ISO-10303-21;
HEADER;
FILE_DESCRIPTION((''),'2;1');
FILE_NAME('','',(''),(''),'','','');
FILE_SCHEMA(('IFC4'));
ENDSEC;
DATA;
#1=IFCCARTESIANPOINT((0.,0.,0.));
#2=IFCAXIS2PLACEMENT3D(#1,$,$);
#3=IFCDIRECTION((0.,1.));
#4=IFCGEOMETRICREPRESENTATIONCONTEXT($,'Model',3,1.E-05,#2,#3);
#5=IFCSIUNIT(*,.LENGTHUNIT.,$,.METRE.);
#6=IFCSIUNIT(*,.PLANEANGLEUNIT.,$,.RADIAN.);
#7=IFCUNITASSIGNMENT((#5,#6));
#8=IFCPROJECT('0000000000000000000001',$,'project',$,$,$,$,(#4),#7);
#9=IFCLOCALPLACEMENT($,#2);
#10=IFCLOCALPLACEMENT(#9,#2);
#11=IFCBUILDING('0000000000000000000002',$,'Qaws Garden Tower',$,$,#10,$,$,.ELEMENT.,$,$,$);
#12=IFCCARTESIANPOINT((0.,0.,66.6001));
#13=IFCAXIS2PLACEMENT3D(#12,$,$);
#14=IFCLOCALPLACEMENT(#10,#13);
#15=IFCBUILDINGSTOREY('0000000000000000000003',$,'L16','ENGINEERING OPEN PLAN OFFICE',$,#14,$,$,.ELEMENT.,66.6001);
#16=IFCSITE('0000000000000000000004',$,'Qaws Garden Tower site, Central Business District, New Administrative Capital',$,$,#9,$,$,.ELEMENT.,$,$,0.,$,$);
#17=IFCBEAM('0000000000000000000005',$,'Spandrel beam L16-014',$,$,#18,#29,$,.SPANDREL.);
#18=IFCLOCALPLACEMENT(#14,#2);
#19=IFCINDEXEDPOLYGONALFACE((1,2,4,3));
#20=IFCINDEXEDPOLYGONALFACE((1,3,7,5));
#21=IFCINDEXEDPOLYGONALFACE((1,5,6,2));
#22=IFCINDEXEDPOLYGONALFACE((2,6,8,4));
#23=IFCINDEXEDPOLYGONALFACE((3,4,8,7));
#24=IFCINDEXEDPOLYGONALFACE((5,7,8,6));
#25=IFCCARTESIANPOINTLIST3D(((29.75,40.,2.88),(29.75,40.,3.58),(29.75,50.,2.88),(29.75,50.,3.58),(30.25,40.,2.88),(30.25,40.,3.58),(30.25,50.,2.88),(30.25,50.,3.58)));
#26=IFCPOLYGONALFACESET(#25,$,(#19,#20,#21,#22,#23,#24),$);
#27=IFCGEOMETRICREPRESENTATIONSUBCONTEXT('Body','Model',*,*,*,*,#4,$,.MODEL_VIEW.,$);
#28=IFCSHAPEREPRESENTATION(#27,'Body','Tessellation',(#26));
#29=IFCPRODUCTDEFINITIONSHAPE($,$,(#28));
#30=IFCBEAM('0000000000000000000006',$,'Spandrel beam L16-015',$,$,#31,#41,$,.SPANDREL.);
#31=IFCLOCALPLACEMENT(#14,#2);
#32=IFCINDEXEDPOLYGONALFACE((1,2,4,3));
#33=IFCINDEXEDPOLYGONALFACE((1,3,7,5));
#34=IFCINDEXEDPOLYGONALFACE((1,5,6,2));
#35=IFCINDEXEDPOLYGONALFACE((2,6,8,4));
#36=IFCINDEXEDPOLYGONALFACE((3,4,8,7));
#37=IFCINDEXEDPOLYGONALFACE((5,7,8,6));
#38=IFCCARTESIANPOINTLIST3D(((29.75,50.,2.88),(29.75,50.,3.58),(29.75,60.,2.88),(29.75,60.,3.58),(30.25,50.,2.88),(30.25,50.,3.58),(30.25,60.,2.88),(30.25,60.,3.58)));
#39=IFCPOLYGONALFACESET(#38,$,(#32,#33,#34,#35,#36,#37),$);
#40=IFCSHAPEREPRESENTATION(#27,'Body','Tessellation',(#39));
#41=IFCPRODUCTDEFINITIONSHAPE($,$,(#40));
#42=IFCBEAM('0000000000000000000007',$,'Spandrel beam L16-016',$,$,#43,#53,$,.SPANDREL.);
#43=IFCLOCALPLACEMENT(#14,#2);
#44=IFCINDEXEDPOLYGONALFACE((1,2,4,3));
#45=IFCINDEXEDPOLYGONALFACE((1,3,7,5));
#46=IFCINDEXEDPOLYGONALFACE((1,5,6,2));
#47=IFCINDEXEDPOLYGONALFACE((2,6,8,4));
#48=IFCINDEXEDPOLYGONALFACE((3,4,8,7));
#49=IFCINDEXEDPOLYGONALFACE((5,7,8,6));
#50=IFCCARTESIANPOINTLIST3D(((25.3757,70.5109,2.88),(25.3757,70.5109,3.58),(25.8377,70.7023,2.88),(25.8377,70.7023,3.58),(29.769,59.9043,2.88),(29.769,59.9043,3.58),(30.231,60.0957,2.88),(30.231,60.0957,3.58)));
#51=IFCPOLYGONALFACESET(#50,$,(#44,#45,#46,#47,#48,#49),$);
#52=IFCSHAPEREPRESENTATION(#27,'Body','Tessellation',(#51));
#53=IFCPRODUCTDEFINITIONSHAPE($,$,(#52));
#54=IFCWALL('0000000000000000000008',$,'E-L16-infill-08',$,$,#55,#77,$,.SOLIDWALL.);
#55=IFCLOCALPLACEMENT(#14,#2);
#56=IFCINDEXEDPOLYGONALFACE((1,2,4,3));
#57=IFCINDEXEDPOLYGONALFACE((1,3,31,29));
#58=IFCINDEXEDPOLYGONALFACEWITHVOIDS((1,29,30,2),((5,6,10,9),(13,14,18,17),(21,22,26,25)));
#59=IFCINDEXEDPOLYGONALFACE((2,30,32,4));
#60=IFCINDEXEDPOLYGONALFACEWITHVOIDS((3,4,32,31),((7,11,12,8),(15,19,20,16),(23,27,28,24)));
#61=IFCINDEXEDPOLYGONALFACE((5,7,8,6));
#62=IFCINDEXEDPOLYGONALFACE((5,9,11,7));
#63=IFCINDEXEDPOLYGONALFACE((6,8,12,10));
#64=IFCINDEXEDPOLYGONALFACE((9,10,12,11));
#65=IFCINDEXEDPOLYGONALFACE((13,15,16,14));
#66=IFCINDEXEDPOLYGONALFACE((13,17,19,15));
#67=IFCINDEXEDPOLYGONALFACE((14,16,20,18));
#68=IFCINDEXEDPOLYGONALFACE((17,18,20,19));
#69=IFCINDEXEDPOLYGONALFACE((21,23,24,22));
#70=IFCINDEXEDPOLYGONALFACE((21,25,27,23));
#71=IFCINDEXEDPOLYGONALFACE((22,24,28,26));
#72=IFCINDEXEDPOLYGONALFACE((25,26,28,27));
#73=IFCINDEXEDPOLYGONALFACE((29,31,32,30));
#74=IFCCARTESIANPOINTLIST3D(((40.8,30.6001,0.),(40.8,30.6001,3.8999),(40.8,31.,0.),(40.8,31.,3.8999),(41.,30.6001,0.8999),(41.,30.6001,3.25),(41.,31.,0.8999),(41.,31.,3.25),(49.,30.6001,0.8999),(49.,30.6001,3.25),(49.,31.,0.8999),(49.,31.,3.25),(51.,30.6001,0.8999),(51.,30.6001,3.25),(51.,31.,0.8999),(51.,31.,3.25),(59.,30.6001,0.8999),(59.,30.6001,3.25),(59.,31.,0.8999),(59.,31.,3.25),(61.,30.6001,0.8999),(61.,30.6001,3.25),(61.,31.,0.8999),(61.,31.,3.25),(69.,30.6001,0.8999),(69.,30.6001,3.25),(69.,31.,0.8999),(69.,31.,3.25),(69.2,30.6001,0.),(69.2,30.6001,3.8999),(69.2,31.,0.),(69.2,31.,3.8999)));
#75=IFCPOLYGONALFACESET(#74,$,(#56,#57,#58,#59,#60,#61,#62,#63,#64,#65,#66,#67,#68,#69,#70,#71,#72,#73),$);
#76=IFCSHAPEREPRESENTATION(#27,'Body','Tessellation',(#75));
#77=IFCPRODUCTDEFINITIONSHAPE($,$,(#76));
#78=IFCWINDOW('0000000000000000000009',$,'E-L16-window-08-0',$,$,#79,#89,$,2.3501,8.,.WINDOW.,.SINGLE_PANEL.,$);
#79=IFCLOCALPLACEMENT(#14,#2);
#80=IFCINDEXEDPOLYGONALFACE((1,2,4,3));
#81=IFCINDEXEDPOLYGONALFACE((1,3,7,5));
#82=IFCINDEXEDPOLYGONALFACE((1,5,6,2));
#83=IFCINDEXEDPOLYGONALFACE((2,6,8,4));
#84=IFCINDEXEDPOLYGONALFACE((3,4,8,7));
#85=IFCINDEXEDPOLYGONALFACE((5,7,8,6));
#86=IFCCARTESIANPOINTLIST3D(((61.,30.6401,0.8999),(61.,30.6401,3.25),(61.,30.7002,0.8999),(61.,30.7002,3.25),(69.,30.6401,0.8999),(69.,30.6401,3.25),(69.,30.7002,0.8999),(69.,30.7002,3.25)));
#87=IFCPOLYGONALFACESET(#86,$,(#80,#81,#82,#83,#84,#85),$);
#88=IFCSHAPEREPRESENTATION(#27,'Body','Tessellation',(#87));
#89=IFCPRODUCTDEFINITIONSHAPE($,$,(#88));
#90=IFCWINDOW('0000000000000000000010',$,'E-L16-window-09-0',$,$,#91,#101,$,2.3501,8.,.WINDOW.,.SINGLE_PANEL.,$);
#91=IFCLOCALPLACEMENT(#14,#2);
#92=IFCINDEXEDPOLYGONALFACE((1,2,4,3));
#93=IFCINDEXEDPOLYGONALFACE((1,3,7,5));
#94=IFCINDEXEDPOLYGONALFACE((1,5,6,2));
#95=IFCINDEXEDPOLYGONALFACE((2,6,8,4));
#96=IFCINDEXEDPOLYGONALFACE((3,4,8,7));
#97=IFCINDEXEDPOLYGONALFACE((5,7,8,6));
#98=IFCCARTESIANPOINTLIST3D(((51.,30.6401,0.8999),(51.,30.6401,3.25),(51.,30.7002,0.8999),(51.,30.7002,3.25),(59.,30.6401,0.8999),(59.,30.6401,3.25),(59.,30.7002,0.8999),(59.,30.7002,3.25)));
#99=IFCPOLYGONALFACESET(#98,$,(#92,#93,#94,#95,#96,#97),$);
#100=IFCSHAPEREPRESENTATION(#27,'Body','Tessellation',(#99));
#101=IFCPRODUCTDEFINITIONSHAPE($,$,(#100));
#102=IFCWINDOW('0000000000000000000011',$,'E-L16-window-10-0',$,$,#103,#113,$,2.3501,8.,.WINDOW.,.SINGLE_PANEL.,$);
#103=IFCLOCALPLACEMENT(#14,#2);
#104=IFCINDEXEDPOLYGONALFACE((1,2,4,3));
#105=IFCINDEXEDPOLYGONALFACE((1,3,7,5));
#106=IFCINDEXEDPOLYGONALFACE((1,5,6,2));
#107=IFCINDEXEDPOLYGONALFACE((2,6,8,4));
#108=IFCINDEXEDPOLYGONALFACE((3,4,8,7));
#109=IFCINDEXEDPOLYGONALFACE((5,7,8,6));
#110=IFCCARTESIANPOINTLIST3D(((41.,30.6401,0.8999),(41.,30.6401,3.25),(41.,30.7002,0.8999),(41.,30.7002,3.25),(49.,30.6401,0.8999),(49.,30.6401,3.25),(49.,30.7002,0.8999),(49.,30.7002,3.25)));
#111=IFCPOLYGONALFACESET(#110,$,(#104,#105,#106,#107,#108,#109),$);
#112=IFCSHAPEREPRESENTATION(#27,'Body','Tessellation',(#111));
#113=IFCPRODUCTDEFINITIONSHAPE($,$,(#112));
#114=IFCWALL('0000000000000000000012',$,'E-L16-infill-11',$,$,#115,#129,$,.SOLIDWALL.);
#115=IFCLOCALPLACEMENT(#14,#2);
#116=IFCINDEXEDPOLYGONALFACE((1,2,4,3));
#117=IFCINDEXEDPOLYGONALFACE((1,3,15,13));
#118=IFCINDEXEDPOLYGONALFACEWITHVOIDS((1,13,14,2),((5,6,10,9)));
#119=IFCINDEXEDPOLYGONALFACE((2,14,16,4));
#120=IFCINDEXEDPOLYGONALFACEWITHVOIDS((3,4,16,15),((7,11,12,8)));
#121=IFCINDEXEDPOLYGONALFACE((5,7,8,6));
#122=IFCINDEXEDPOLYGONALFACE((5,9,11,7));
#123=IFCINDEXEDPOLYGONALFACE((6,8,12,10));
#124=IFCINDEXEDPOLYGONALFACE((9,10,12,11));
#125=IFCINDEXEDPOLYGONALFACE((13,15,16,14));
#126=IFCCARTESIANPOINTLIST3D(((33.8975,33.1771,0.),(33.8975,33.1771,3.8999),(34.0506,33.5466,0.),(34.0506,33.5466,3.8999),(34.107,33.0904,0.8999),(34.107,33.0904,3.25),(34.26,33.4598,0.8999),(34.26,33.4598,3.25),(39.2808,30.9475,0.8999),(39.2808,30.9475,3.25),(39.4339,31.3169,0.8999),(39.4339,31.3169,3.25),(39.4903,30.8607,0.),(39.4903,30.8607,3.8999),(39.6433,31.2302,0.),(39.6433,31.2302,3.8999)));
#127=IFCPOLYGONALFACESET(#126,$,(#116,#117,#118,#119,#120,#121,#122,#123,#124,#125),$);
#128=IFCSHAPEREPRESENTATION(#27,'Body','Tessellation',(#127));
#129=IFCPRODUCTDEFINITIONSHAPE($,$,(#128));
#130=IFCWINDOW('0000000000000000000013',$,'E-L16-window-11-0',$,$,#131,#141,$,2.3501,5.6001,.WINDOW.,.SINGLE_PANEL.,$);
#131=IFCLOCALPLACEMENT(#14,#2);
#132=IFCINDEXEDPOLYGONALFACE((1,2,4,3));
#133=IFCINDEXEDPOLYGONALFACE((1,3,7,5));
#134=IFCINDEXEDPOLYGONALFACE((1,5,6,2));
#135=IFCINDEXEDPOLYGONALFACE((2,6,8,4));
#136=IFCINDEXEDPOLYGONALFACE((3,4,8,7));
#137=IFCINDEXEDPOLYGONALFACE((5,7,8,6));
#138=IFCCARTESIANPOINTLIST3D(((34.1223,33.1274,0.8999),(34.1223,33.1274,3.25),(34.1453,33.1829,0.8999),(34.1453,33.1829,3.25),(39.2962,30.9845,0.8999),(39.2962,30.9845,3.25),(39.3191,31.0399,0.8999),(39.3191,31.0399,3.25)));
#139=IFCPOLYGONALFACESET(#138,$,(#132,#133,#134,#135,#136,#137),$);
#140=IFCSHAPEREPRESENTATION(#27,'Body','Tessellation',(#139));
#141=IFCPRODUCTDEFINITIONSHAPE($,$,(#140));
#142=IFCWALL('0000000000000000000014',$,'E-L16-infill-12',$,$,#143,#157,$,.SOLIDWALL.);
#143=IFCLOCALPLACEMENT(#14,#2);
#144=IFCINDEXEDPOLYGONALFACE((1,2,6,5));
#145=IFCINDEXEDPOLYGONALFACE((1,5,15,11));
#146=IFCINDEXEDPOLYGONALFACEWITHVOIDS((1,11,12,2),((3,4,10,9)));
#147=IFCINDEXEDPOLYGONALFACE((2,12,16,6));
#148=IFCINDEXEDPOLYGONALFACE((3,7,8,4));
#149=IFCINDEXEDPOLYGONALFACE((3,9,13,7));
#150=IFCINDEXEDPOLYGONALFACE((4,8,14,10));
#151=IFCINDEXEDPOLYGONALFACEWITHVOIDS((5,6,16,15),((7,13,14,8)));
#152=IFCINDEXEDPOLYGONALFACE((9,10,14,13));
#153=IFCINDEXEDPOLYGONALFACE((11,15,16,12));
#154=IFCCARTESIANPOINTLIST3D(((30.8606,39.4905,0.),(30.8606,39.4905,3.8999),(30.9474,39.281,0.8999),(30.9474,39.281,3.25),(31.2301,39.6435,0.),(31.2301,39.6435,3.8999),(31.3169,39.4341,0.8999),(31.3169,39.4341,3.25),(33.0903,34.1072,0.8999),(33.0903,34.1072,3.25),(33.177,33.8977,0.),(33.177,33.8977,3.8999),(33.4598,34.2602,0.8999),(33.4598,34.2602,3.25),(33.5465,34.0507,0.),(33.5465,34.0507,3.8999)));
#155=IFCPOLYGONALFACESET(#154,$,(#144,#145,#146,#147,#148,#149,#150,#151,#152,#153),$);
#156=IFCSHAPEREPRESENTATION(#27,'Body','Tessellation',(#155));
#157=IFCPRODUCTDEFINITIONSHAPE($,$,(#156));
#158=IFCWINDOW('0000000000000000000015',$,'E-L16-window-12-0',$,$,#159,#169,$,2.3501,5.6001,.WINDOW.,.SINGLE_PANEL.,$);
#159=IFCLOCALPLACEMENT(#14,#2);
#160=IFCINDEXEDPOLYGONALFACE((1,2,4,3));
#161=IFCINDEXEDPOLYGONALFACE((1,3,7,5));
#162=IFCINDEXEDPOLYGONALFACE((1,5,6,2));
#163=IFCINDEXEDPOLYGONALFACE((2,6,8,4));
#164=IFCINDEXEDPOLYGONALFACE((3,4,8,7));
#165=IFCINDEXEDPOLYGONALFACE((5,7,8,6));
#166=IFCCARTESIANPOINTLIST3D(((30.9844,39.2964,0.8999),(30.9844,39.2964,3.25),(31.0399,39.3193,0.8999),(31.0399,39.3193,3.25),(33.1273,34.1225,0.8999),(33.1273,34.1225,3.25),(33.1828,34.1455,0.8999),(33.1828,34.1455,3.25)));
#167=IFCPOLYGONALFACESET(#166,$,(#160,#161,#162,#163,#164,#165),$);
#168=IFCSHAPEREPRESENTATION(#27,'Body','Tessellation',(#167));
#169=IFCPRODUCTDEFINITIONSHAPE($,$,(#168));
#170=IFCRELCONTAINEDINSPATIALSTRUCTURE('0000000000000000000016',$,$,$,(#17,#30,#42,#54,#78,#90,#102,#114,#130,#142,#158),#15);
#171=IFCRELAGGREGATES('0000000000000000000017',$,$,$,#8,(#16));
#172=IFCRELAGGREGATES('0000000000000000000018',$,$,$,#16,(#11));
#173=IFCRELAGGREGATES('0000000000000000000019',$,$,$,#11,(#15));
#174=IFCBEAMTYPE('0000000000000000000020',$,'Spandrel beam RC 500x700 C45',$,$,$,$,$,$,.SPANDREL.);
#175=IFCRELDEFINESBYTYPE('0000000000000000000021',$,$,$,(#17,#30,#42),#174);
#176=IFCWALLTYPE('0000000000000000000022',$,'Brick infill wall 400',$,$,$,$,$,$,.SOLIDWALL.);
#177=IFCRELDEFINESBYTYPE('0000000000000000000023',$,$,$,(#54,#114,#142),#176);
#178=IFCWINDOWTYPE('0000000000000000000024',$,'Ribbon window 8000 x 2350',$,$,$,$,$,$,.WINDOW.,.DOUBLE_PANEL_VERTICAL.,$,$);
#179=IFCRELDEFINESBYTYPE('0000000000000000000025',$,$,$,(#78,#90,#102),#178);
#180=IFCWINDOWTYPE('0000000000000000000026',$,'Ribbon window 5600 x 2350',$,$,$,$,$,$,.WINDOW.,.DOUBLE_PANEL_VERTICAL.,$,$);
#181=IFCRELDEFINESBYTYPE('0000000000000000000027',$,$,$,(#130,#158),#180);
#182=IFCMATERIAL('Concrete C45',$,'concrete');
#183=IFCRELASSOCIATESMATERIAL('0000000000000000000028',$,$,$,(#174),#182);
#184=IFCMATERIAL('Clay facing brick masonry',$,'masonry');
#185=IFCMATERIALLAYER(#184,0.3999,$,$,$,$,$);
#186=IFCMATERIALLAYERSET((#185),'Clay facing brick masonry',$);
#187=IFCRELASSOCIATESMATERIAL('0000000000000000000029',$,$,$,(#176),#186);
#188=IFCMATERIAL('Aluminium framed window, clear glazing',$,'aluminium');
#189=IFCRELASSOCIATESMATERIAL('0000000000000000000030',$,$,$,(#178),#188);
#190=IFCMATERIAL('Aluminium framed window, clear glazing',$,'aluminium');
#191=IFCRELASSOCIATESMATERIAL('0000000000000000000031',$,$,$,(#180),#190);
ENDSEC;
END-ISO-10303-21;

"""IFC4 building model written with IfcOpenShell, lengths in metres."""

from ifc_helpers import new_model, si_unit, direction, frame, frame_2d, origin, origin_2d, place, context, subcontext, project, spatial, rectangle, extrude, material, layer, layer_set, material_profile, profile_set, type_object, element, fill, save


model = new_model("IFC4")

# Units and contexts
model_context = context("Model", 3, precision=1e-05, world=origin(), true_north=direction((0.0, 1.0)))
body_context = subcontext(model_context, "Body", "Model", "MODEL_VIEW")
ifc_project = project(units=[si_unit("LENGTHUNIT", "METRE"), si_unit("PLANEANGLEUNIT", "RADIAN")], contexts=[model_context])

# Site, building, storey
site_placement = place(None, origin())
site = spatial("IfcSite", under=ifc_project, at=site_placement, Name="Qaws Garden Tower site, Central Business District, New Administrative Capital", CompositionType="ELEMENT", RefElevation=0.0)
building_placement = place(site_placement, origin())
building = spatial("IfcBuilding", under=site, at=building_placement, Name="Qaws Garden Tower", CompositionType="ELEMENT")
storey_placement = place(building_placement, frame((0.0, 0.0, 66.6001)))
storey = spatial("IfcBuildingStorey", under=building, at=storey_placement, Name="L16", Description="ENGINEERING OPEN PLAN OFFICE", CompositionType="ELEMENT", Elevation=66.6001)

# Beams
ifc_material_1 = material(Name="Concrete C45", Category="concrete")
ifc_material_profile_1 = material_profile(ifc_material_1, rectangle(XDim=0.5, YDim=0.7, at=origin_2d()), Name="RC 500x700")
ifc_profile_set_1 = profile_set([ifc_material_profile_1], Name="Concrete C45")
beam_type = type_object("IfcBeamType", Name="Spandrel beam RC 500x700 C45", PredefinedType="SPANDREL", material=ifc_profile_set_1)
for number, where, z_axis, x_axis, name in (
    (1, (30.0, 40.0, 3.23), (0.0, 1.0, 0.0), (-1.0, 0.0, 0.0), "Spandrel beam L16-014"),
    (2, (30.0, 50.0, 3.23), (0.0, 1.0, 0.0), (-1.0, 0.0, 0.0), "Spandrel beam L16-015"),
):
    element("IfcBeam", number, at=place(storey_placement, frame(where, z_axis=z_axis, x_axis=x_axis)), inside=storey, type_object=beam_type, Name=name, PredefinedType="SPANDREL", context=body_context, shape_type="SweptSolid", body=[
        extrude(rectangle(XDim=0.5, YDim=0.7, at=origin_2d()), origin(), (0.0, 0.0, 1.0), 10.0),
    ])
beam_1_placement = place(storey_placement, frame((30.0, 60.0, 3.23), z_axis=(-0.382674, 0.923883, 0.0), x_axis=(-0.923883, -0.382674, 0.0)))
element("IfcBeam", 3, at=beam_1_placement, inside=storey, type_object=beam_type, Name="Spandrel beam L16-016", PredefinedType="SPANDREL", context=body_context, shape_type="SweptSolid", body=[
    extrude(rectangle(XDim=0.5, YDim=0.7, at=origin_2d()), origin(), (0.0, 0.0, 1.0), 11.4805),
])

# Wall, openings, windows
ifc_material_2 = material(Name="Clay facing brick masonry", Category="masonry")
ifc_layer_1 = layer(ifc_material_2, 0.3999)
ifc_layer_set_1 = layer_set([ifc_layer_1], Name="Clay facing brick masonry")
wall_type_1 = type_object("IfcWallType", Name="Brick infill wall 400", PredefinedType="SOLIDWALL", material=ifc_layer_set_1)
wall_1_placement = place(storey_placement, frame((69.2, 30.8, 0.0), z_axis=(0.0, 0.0, 1.0), x_axis=(-1.0, 0.0, 0.0)))
wall_1 = element("IfcWall", 4, at=wall_1_placement, inside=storey, type_object=wall_type_1, Name="E-L16-infill-08", PredefinedType="SOLIDWALL", context=body_context, shape_type="SweptSolid", body=[
    extrude(rectangle(XDim=28.3999, YDim=0.3999, at=frame_2d((14.2, 0.0))), origin(), (0.0, 0.0, 1.0), 3.8999),
])
opening_1_placement = place(wall_1_placement, frame((0.2, 0.0, 0.8999)))
opening_1 = element("IfcOpeningElement", 5, at=opening_1_placement, cuts=wall_1, PredefinedType="OPENING", context=body_context, shape_type="SweptSolid", body=[
    extrude(rectangle(XDim=8.0, YDim=2.3501, at=frame_2d((4.0, 1.175))), frame((0.0, 0.21, 0.0), z_axis=(0.0, -1.0, 0.0), x_axis=(1.0, 0.0, 0.0)), (0.0, 0.0, 1.0), 0.4199),
])
opening_2_placement = place(wall_1_placement, frame((10.2, 0.0, 0.8999)))
opening_2 = element("IfcOpeningElement", 6, at=opening_2_placement, cuts=wall_1, PredefinedType="OPENING", context=body_context, shape_type="SweptSolid", body=[
    extrude(rectangle(XDim=8.0, YDim=2.3501, at=frame_2d((4.0, 1.175))), frame((0.0, 0.21, 0.0), z_axis=(0.0, -1.0, 0.0), x_axis=(1.0, 0.0, 0.0)), (0.0, 0.0, 1.0), 0.4199),
])
opening_3_placement = place(wall_1_placement, frame((20.2, 0.0, 0.8999)))
opening_3 = element("IfcOpeningElement", 7, at=opening_3_placement, cuts=wall_1, PredefinedType="OPENING", context=body_context, shape_type="SweptSolid", body=[
    extrude(rectangle(XDim=8.0, YDim=2.3501, at=frame_2d((4.0, 1.175))), frame((0.0, 0.21, 0.0), z_axis=(0.0, -1.0, 0.0), x_axis=(1.0, 0.0, 0.0)), (0.0, 0.0, 1.0), 0.4199),
])
ifc_material_3 = material(Name="Aluminium framed window, clear glazing", Category="aluminium")
window_type_1 = type_object("IfcWindowType", Name="Ribbon window 8000 x 2350", PartitioningType="DOUBLE_PANEL_VERTICAL", PredefinedType="WINDOW", material=ifc_material_3)
window_1_placement = place(opening_1_placement, origin())
window_1 = element("IfcWindow", 8, at=window_1_placement, inside=storey, type_object=window_type_1, Name="E-L16-window-08-0", OverallHeight=2.3501, OverallWidth=8.0, PartitioningType="SINGLE_PANEL", PredefinedType="WINDOW", context=body_context, shape_type="SweptSolid", body=[
    extrude(rectangle(XDim=8.0, YDim=2.3501, at=frame_2d((4.0, 1.175))), frame((0.0, 0.1599, 0.0), z_axis=(0.0, -1.0, 0.0), x_axis=(1.0, 0.0, 0.0)), (0.0, 0.0, 1.0), 0.0601),
])
fill(opening_1, window_1)
window_2_placement = place(opening_2_placement, origin())
window_2 = element("IfcWindow", 9, at=window_2_placement, inside=storey, type_object=window_type_1, Name="E-L16-window-09-0", OverallHeight=2.3501, OverallWidth=8.0, PartitioningType="SINGLE_PANEL", PredefinedType="WINDOW", context=body_context, shape_type="SweptSolid", body=[
    extrude(rectangle(XDim=8.0, YDim=2.3501, at=frame_2d((4.0, 1.175))), frame((0.0, 0.1599, 0.0), z_axis=(0.0, -1.0, 0.0), x_axis=(1.0, 0.0, 0.0)), (0.0, 0.0, 1.0), 0.0601),
])
fill(opening_2, window_2)
window_3_placement = place(opening_3_placement, origin())
window_3 = element("IfcWindow", 10, at=window_3_placement, inside=storey, type_object=window_type_1, Name="E-L16-window-10-0", OverallHeight=2.3501, OverallWidth=8.0, PartitioningType="SINGLE_PANEL", PredefinedType="WINDOW", context=body_context, shape_type="SweptSolid", body=[
    extrude(rectangle(XDim=8.0, YDim=2.3501, at=frame_2d((4.0, 1.175))), frame((0.0, 0.1599, 0.0), z_axis=(0.0, -1.0, 0.0), x_axis=(1.0, 0.0, 0.0)), (0.0, 0.0, 1.0), 0.0601),
])
fill(opening_3, window_3)

# Walls, openings, windows
wall_2_placement = place(storey_placement, frame((39.5669, 31.0454, 0.0), z_axis=(0.0, 0.0, 1.0), x_axis=(-0.923891, 0.382656, 0.0)))
wall_2 = element("IfcWall", 11, at=wall_2_placement, inside=storey, type_object=wall_type_1, Name="E-L16-infill-11", PredefinedType="SOLIDWALL", context=body_context, shape_type="SweptSolid", body=[
    extrude(rectangle(XDim=6.0535, YDim=0.3999, at=frame_2d((3.0269, 0.0))), origin(), (0.0, 0.0, 1.0), 3.8999),
])
opening_4_placement = place(wall_2_placement, frame((0.2268, 0.0, 0.8999)))
opening_4 = element("IfcOpeningElement", 12, at=opening_4_placement, cuts=wall_2, PredefinedType="OPENING", context=body_context, shape_type="SweptSolid", body=[
    extrude(rectangle(XDim=5.6001, YDim=2.3501, at=frame_2d((2.8, 1.175))), frame((0.0, 0.21, 0.0), z_axis=(0.0, -1.0, 0.0), x_axis=(1.0, 0.0, 0.0)), (0.0, 0.0, 1.0), 0.4199),
])
ifc_material_4 = material(Name="Aluminium framed window, clear glazing", Category="aluminium")
window_type_2 = type_object("IfcWindowType", Name="Ribbon window 5600 x 2350", PartitioningType="DOUBLE_PANEL_VERTICAL", PredefinedType="WINDOW", material=ifc_material_4)
window_4_placement = place(opening_4_placement, origin())
window_4 = element("IfcWindow", 13, at=window_4_placement, inside=storey, type_object=window_type_2, Name="E-L16-window-11-0", OverallHeight=2.3501, OverallWidth=5.6001, PartitioningType="SINGLE_PANEL", PredefinedType="WINDOW", context=body_context, shape_type="SweptSolid", body=[
    extrude(rectangle(XDim=5.6001, YDim=2.3501, at=frame_2d((2.8, 1.175))), frame((0.0, 0.1599, 0.0), z_axis=(0.0, -1.0, 0.0), x_axis=(1.0, 0.0, 0.0)), (0.0, 0.0, 1.0), 0.0601),
])
fill(opening_4, window_4)
wall_3_placement = place(storey_placement, frame((33.3618, 33.9741, 0.0), z_axis=(0.0, 0.0, 1.0), x_axis=(-0.382656, 0.923891, 0.0)))
wall_3 = element("IfcWall", 14, at=wall_3_placement, inside=storey, type_object=wall_type_1, Name="E-L16-infill-12", PredefinedType="SOLIDWALL", context=body_context, shape_type="SweptSolid", body=[
    extrude(rectangle(XDim=6.0535, YDim=0.3999, at=frame_2d((3.0269, 0.0))), origin(), (0.0, 0.0, 1.0), 3.8999),
])
opening_5_placement = place(wall_3_placement, frame((0.2268, 0.0, 0.8999)))
opening_5 = element("IfcOpeningElement", 15, at=opening_5_placement, cuts=wall_3, PredefinedType="OPENING", context=body_context, shape_type="SweptSolid", body=[
    extrude(rectangle(XDim=5.6001, YDim=2.3501, at=frame_2d((2.8, 1.175))), frame((0.0, 0.21, 0.0), z_axis=(0.0, -1.0, 0.0), x_axis=(1.0, 0.0, 0.0)), (0.0, 0.0, 1.0), 0.4199),
])
window_5_placement = place(opening_5_placement, origin())
window_5 = element("IfcWindow", 16, at=window_5_placement, inside=storey, type_object=window_type_2, Name="E-L16-window-12-0", OverallHeight=2.3501, OverallWidth=5.6001, PartitioningType="SINGLE_PANEL", PredefinedType="WINDOW", context=body_context, shape_type="SweptSolid", body=[
    extrude(rectangle(XDim=5.6001, YDim=2.3501, at=frame_2d((2.8, 1.175))), frame((0.0, 0.1599, 0.0), z_axis=(0.0, -1.0, 0.0), x_axis=(1.0, 0.0, 0.0)), (0.0, 0.0, 1.0), 0.0601),
])
fill(opening_5, window_5)

save(model, "model.ifc")
